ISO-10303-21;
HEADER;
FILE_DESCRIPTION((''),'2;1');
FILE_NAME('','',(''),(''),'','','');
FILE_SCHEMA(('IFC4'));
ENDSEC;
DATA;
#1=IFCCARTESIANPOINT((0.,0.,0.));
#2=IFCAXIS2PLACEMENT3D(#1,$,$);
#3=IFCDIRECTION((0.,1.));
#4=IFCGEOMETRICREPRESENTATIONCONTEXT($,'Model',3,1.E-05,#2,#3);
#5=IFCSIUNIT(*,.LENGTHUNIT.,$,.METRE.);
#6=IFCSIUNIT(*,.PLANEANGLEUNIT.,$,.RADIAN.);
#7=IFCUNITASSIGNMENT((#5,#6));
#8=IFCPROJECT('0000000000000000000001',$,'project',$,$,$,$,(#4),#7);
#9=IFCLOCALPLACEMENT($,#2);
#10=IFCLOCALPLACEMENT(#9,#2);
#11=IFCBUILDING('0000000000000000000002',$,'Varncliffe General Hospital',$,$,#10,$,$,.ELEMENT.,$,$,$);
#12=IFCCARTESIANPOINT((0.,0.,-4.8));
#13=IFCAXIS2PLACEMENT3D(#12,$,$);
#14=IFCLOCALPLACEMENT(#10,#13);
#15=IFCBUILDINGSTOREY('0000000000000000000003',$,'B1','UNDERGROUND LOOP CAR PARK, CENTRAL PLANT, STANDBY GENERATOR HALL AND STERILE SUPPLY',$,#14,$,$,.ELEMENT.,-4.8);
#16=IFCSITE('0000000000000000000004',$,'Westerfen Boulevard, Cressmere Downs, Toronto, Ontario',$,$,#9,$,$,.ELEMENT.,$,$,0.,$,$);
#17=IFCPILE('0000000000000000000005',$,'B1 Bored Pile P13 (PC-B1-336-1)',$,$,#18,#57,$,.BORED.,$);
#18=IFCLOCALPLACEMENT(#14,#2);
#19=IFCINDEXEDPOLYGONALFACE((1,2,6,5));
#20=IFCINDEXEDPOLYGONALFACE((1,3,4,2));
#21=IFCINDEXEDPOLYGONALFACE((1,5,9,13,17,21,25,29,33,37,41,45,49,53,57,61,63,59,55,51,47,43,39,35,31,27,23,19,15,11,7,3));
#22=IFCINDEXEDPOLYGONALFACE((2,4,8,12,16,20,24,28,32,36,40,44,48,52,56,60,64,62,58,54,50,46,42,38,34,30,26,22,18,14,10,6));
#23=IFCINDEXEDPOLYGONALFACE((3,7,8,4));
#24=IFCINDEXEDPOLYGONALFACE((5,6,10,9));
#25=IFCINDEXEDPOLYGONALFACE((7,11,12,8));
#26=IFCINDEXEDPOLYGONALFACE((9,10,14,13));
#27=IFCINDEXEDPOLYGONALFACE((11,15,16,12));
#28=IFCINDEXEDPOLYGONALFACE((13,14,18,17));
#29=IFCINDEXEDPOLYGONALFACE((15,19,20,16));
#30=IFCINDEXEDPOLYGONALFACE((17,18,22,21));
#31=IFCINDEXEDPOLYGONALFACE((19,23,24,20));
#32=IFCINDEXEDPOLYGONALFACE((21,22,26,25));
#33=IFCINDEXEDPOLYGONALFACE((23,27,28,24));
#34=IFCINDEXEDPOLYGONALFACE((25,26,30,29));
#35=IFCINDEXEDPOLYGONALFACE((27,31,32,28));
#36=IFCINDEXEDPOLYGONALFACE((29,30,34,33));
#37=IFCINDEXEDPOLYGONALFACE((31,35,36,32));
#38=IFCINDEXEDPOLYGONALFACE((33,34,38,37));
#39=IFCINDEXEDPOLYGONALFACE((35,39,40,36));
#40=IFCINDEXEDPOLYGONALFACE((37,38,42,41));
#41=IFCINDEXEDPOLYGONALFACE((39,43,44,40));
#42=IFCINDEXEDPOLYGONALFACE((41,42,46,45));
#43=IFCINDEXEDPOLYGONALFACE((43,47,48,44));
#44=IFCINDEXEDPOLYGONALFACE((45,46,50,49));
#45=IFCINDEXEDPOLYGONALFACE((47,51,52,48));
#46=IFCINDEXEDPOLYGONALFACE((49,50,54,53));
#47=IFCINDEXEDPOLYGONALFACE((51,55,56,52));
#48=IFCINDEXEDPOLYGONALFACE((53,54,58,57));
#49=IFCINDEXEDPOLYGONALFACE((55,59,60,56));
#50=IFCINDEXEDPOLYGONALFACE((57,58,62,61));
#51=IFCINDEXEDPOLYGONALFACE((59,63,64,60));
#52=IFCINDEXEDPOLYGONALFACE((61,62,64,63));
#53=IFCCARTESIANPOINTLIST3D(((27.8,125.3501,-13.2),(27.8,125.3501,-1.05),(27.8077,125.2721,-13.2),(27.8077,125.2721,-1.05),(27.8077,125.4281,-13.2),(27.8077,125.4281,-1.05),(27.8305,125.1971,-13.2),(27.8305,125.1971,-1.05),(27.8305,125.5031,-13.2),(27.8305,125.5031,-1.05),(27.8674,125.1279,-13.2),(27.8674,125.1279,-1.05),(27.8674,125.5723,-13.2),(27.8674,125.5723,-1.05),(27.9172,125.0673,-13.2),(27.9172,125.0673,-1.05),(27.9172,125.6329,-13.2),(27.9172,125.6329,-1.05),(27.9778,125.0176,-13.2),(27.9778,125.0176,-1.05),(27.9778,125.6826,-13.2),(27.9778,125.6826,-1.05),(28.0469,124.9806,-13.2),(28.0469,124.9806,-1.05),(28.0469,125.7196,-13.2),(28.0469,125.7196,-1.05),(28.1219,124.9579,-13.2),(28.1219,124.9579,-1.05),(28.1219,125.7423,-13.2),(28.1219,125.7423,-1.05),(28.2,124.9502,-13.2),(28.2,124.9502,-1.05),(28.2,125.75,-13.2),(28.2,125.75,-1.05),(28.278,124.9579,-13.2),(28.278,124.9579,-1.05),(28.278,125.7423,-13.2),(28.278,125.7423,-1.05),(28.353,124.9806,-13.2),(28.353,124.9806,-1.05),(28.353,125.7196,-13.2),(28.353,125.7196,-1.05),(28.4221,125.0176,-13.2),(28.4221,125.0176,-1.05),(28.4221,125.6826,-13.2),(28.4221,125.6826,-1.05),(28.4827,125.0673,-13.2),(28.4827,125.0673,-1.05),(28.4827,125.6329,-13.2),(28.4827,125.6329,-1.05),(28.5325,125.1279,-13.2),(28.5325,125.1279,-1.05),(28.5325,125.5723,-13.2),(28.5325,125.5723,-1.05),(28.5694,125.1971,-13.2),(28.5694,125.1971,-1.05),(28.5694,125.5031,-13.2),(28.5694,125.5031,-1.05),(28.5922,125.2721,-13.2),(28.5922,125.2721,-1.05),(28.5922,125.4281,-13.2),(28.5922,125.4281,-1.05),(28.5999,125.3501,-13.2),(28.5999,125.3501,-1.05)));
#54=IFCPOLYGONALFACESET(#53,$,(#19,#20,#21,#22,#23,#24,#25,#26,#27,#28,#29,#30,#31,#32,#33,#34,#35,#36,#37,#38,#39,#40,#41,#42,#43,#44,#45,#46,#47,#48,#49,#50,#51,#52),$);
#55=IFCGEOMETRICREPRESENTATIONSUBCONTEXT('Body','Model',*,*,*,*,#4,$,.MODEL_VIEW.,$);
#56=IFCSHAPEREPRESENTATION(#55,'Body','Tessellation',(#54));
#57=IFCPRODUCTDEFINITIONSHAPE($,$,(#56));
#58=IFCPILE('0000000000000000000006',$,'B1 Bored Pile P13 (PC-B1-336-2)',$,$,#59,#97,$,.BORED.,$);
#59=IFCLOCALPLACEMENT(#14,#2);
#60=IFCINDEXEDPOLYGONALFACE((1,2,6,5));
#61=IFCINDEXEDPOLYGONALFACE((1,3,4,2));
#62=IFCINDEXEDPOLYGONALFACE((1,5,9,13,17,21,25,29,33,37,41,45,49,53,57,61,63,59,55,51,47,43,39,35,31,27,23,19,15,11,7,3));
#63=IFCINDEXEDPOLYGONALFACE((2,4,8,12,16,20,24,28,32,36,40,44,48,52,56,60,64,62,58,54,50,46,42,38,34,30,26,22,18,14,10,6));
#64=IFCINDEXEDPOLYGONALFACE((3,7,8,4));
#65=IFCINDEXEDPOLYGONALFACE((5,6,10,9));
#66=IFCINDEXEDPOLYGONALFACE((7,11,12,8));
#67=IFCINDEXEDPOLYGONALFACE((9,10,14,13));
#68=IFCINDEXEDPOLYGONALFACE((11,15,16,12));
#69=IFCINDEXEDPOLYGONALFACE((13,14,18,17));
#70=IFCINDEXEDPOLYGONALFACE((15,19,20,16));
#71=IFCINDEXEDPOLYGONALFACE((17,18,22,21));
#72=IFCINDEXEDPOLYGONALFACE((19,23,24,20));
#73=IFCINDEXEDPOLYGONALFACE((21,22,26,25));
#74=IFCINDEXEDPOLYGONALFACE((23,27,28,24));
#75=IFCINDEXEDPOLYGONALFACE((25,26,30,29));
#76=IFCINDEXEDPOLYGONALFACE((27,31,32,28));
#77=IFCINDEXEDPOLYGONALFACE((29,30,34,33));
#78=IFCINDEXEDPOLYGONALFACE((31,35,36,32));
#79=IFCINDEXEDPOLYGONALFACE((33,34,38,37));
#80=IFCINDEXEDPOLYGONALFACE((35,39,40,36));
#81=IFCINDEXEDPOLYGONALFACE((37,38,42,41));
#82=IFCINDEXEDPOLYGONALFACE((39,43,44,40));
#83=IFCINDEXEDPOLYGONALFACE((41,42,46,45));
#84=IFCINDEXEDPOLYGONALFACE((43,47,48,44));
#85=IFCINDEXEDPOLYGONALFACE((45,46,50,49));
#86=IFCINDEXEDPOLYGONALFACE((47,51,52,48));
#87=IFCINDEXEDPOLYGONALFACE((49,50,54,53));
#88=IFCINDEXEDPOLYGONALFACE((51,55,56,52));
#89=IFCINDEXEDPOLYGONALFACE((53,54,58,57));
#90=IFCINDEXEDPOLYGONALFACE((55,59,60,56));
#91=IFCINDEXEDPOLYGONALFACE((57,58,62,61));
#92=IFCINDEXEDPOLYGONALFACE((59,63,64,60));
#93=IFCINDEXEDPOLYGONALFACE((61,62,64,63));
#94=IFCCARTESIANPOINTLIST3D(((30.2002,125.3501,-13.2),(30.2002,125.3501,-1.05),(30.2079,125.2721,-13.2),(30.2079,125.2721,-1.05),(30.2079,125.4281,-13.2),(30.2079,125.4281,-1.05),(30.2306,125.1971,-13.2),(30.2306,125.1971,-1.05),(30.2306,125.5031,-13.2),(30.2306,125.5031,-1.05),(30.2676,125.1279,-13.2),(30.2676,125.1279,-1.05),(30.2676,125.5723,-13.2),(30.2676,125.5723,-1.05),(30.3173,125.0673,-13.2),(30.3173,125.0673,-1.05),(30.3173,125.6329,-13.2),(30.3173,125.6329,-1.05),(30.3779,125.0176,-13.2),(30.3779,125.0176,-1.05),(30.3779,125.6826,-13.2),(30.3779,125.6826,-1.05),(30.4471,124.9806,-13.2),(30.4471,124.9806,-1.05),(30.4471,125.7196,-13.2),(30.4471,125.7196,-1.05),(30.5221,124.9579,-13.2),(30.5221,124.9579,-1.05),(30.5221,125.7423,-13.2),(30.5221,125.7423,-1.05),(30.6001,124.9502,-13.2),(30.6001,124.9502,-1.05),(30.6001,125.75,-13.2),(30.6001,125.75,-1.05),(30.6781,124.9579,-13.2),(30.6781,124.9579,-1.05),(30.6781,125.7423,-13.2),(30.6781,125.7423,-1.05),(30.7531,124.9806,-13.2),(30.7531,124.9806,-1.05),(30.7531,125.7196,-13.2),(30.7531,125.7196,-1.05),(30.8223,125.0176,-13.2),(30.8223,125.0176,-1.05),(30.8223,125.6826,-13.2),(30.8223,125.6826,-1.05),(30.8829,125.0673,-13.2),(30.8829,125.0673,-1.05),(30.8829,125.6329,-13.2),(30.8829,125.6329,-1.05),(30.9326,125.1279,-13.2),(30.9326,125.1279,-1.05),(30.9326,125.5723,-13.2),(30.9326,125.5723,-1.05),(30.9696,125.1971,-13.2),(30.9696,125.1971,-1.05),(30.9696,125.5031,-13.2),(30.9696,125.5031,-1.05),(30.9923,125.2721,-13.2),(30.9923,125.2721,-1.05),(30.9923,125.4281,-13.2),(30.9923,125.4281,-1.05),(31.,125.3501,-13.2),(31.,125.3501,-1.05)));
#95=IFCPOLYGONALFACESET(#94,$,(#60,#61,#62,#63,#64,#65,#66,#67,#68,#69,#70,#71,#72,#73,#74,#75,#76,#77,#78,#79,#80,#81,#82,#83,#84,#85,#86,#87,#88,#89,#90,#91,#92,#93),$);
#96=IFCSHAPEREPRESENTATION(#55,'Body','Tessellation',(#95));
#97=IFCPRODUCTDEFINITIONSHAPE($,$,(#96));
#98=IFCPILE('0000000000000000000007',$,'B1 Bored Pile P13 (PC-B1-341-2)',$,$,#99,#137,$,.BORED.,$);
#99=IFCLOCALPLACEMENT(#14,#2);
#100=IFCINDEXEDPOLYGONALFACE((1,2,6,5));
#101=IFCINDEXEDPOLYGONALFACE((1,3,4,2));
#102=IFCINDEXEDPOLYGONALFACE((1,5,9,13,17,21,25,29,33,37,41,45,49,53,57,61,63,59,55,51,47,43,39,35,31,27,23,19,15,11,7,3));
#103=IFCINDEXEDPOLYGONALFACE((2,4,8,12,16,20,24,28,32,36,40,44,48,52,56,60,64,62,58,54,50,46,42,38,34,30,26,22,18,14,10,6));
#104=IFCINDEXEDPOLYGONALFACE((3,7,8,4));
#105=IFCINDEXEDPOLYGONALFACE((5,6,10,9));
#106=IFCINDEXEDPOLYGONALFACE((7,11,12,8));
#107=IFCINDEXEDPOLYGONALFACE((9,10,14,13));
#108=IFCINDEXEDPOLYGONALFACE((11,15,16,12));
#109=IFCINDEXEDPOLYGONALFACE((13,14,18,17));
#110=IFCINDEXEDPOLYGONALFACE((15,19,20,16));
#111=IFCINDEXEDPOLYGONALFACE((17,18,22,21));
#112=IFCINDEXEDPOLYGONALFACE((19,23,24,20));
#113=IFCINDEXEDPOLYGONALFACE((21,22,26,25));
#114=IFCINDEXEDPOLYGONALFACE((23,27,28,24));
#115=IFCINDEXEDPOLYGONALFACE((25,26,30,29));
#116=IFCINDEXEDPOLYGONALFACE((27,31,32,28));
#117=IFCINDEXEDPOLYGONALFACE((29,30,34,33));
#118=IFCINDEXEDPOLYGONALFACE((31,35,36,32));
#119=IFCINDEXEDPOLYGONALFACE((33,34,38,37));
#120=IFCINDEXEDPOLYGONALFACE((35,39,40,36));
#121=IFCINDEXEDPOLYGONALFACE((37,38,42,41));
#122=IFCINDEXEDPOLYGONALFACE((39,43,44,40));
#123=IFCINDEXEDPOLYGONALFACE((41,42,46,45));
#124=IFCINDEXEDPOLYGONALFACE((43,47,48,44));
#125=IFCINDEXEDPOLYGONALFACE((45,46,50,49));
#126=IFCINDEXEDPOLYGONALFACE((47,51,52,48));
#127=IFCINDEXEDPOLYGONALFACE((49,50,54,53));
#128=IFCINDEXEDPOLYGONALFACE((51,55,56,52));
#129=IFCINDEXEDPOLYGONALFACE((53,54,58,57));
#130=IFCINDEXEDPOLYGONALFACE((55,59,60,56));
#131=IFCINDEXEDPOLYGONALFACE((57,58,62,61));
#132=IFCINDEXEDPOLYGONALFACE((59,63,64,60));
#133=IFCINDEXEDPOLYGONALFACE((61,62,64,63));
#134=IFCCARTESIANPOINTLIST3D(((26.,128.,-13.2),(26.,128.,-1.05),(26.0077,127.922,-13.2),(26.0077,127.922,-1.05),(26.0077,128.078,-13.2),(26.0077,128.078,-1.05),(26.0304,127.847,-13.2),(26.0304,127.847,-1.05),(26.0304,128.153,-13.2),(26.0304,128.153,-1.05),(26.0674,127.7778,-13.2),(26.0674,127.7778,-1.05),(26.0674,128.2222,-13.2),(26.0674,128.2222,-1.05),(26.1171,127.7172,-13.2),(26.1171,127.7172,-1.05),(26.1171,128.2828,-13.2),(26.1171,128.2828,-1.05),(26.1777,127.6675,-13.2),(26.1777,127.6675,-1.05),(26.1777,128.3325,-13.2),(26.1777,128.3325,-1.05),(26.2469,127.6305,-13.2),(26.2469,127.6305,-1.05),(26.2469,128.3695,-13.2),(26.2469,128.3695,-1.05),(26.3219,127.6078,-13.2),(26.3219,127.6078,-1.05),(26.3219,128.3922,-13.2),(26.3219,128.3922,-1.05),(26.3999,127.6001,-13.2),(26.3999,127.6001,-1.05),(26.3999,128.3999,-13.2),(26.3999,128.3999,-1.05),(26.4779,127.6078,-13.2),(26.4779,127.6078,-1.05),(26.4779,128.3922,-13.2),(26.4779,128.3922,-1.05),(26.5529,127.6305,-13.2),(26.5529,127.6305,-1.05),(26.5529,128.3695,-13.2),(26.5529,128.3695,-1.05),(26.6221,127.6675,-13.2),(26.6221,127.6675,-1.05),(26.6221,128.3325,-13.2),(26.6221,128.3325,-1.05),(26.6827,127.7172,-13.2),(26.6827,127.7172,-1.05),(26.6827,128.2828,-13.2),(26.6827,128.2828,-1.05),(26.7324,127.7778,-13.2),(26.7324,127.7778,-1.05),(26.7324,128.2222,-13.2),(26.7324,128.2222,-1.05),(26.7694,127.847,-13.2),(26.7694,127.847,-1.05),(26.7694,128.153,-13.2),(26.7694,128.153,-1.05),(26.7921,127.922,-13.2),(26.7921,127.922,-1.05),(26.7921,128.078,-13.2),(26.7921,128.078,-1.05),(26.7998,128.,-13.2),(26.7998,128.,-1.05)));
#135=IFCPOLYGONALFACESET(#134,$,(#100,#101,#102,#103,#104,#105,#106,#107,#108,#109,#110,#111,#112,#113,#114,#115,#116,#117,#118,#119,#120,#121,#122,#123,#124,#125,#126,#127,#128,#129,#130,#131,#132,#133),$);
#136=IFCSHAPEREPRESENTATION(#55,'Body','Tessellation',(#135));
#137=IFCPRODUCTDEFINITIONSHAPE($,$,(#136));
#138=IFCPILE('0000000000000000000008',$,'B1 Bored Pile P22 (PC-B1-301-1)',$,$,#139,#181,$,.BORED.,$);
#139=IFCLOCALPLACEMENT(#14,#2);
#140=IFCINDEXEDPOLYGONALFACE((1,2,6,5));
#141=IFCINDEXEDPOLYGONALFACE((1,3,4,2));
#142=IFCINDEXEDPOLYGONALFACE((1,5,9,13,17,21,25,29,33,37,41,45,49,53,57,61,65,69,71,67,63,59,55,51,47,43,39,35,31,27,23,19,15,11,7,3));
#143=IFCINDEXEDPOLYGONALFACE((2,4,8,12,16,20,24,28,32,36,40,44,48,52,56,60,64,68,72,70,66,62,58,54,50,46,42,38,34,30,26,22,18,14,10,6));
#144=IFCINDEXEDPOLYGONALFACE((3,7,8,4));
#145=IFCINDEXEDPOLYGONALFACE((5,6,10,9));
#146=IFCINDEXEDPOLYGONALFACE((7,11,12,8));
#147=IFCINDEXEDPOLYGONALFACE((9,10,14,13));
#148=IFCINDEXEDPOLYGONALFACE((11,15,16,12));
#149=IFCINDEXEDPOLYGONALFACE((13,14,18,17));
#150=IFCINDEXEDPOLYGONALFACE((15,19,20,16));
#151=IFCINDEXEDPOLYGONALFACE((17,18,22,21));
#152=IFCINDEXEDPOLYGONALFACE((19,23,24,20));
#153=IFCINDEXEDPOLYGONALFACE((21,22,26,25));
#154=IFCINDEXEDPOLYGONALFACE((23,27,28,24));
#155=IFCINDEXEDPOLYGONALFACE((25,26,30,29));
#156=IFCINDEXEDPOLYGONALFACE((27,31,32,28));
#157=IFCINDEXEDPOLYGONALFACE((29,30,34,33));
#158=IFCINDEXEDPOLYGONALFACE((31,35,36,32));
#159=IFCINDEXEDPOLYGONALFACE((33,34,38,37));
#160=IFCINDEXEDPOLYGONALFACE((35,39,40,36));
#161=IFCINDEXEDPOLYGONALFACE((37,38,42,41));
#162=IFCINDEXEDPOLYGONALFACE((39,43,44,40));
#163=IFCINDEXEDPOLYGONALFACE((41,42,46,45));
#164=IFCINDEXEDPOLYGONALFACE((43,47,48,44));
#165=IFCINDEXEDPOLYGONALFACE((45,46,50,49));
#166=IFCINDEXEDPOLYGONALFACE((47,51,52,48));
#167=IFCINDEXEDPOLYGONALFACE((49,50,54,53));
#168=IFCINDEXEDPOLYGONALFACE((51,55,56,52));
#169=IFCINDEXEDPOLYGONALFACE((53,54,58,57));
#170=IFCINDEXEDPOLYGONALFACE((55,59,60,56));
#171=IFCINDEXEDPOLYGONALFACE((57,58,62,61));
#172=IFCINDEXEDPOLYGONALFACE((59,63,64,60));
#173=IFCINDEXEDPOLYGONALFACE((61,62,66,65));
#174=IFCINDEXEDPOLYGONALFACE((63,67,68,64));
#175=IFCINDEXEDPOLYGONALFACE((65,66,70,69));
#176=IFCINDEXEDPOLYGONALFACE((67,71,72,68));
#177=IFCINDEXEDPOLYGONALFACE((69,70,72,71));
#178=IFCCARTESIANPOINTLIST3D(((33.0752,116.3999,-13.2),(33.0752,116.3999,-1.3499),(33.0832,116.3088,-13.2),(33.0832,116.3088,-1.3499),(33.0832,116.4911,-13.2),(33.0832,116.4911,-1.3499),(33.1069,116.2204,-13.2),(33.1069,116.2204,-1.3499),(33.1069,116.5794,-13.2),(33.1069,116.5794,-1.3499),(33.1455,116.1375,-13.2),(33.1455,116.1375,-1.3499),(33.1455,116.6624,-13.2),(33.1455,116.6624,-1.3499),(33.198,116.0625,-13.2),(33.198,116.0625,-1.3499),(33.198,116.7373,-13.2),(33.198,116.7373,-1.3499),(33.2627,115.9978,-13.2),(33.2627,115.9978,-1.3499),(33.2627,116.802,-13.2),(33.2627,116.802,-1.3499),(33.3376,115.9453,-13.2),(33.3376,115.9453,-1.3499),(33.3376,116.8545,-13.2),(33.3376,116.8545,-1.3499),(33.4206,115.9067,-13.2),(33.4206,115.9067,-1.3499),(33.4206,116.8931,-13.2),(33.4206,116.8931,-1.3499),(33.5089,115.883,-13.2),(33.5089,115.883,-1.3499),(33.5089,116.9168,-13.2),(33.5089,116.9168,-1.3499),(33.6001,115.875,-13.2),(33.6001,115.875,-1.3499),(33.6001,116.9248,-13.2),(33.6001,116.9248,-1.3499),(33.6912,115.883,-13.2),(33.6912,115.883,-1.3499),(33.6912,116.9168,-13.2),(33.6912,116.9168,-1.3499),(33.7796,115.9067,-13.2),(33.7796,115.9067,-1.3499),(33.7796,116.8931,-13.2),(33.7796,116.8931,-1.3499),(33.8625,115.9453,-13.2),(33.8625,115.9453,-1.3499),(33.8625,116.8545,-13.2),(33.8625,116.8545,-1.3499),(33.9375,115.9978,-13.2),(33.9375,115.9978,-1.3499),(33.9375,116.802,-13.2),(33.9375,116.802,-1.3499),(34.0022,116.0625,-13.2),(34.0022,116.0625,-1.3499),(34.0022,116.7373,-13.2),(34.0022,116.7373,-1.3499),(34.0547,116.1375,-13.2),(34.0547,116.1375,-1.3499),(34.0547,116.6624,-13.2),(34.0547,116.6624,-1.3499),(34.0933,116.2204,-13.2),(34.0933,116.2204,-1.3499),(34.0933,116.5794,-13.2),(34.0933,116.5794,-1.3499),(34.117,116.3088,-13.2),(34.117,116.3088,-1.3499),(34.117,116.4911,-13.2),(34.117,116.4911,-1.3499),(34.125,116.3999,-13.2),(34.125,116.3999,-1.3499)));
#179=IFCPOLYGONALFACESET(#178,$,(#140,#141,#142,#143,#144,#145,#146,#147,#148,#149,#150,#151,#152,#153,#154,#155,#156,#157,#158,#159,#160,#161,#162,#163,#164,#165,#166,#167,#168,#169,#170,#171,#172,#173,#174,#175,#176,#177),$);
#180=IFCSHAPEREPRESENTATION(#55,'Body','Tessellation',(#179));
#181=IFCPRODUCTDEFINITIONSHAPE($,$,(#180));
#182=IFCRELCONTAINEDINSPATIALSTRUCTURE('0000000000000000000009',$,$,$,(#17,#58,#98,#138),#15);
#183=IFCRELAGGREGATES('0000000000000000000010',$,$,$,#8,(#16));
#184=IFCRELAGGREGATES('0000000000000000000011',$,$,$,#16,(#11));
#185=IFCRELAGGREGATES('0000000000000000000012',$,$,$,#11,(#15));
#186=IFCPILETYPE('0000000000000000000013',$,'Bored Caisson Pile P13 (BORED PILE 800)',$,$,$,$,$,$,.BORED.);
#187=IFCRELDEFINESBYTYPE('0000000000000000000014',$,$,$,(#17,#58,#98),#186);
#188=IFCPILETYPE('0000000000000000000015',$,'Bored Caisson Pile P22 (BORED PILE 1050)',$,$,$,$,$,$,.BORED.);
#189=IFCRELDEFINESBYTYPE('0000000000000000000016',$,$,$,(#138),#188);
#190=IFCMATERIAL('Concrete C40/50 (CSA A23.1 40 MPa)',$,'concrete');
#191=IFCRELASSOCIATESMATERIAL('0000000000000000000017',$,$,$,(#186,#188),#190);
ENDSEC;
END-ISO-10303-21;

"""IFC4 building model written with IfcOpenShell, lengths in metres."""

from ifc_helpers import new_model, si_unit, direction, frame, origin, origin_2d, place, context, subcontext, project, spatial, circle, extrude, material, material_profile, profile_set, type_object, element, save


model = new_model("IFC4")

# Units and contexts
model_context = context("Model", 3, precision=1e-05, world=origin(), true_north=direction((0.0, 1.0)))
body_context = subcontext(model_context, "Body", "Model", "MODEL_VIEW")
ifc_project = project(units=[si_unit("LENGTHUNIT", "METRE"), si_unit("PLANEANGLEUNIT", "RADIAN")], contexts=[model_context])

# Site, building, storey
site_placement = place(None, origin())
site = spatial("IfcSite", under=ifc_project, at=site_placement, Name="Westerfen Boulevard, Cressmere Downs, Toronto, Ontario", CompositionType="ELEMENT", RefElevation=0.0)
building_placement = place(site_placement, origin())
building = spatial("IfcBuilding", under=site, at=building_placement, Name="Varncliffe General Hospital", CompositionType="ELEMENT")
storey_placement = place(building_placement, frame((0.0, 0.0, -4.8)))
storey = spatial("IfcBuildingStorey", under=building, at=storey_placement, Name="B1", Description="UNDERGROUND LOOP CAR PARK, CENTRAL PLANT, STANDBY GENERATOR HALL AND STERILE SUPPLY", CompositionType="ELEMENT", Elevation=-4.8)

# Piles
ifc_material_1 = material(Name="Concrete C40/50 (CSA A23.1 40 MPa)", Category="concrete")
ifc_material_profile_1 = material_profile(ifc_material_1, circle(Radius=0.3999, at=origin_2d()), Name="BORED PILE 800")
ifc_profile_set_1 = profile_set([ifc_material_profile_1], Name="Concrete C40/50 (CSA A23.1 40 MPa)")
pile_type_1 = type_object("IfcPileType", Name="Bored Caisson Pile P13 (BORED PILE 800)", PredefinedType="BORED", material=ifc_profile_set_1)
for number, where, z_axis, x_axis, name in (
    (1, (28.2, 125.3501, -1.05), (0.0, 0.0, -1.0), (1.0, 0.0, 0.0), "B1 Bored Pile P13 (PC-B1-336-1)"),
    (2, (30.6001, 125.3501, -1.05), (0.0, 0.0, -1.0), (1.0, 0.0, 0.0), "B1 Bored Pile P13 (PC-B1-336-2)"),
    (3, (26.3999, 128.0, -1.05), (0.0, 0.0, -1.0), (1.0, 0.0, 0.0), "B1 Bored Pile P13 (PC-B1-341-2)"),
):
    element("IfcPile", number, at=place(storey_placement, frame(where, z_axis=z_axis, x_axis=x_axis)), inside=storey, type_object=pile_type_1, Name=name, PredefinedType="BORED", context=body_context, shape_type="SweptSolid", body=[
        extrude(circle(Radius=0.3999, at=origin_2d()), origin(), (0.0, 0.0, 1.0), 12.1499),
    ])
ifc_material_profile_2 = material_profile(ifc_material_1, circle(Radius=0.5249, at=origin_2d()), Name="BORED PILE 1050")
ifc_profile_set_2 = profile_set([ifc_material_profile_2], Name="Concrete C40/50 (CSA A23.1 40 MPa)")
pile_type_2 = type_object("IfcPileType", Name="Bored Caisson Pile P22 (BORED PILE 1050)", PredefinedType="BORED", material=ifc_profile_set_2)
for number, where, z_axis, x_axis, name in (
    (4, (33.6001, 116.3999, -1.3499), (0.0, 0.0, -1.0), (1.0, 0.0, 0.0), "B1 Bored Pile P22 (PC-B1-301-1)"),
):
    element("IfcPile", number, at=place(storey_placement, frame(where, z_axis=z_axis, x_axis=x_axis)), inside=storey, type_object=pile_type_2, Name=name, PredefinedType="BORED", context=body_context, shape_type="SweptSolid", body=[
        extrude(circle(Radius=0.5249, at=origin_2d()), origin(), (0.0, 0.0, 1.0), 11.8501),
    ])

save(model, "model.ifc")
